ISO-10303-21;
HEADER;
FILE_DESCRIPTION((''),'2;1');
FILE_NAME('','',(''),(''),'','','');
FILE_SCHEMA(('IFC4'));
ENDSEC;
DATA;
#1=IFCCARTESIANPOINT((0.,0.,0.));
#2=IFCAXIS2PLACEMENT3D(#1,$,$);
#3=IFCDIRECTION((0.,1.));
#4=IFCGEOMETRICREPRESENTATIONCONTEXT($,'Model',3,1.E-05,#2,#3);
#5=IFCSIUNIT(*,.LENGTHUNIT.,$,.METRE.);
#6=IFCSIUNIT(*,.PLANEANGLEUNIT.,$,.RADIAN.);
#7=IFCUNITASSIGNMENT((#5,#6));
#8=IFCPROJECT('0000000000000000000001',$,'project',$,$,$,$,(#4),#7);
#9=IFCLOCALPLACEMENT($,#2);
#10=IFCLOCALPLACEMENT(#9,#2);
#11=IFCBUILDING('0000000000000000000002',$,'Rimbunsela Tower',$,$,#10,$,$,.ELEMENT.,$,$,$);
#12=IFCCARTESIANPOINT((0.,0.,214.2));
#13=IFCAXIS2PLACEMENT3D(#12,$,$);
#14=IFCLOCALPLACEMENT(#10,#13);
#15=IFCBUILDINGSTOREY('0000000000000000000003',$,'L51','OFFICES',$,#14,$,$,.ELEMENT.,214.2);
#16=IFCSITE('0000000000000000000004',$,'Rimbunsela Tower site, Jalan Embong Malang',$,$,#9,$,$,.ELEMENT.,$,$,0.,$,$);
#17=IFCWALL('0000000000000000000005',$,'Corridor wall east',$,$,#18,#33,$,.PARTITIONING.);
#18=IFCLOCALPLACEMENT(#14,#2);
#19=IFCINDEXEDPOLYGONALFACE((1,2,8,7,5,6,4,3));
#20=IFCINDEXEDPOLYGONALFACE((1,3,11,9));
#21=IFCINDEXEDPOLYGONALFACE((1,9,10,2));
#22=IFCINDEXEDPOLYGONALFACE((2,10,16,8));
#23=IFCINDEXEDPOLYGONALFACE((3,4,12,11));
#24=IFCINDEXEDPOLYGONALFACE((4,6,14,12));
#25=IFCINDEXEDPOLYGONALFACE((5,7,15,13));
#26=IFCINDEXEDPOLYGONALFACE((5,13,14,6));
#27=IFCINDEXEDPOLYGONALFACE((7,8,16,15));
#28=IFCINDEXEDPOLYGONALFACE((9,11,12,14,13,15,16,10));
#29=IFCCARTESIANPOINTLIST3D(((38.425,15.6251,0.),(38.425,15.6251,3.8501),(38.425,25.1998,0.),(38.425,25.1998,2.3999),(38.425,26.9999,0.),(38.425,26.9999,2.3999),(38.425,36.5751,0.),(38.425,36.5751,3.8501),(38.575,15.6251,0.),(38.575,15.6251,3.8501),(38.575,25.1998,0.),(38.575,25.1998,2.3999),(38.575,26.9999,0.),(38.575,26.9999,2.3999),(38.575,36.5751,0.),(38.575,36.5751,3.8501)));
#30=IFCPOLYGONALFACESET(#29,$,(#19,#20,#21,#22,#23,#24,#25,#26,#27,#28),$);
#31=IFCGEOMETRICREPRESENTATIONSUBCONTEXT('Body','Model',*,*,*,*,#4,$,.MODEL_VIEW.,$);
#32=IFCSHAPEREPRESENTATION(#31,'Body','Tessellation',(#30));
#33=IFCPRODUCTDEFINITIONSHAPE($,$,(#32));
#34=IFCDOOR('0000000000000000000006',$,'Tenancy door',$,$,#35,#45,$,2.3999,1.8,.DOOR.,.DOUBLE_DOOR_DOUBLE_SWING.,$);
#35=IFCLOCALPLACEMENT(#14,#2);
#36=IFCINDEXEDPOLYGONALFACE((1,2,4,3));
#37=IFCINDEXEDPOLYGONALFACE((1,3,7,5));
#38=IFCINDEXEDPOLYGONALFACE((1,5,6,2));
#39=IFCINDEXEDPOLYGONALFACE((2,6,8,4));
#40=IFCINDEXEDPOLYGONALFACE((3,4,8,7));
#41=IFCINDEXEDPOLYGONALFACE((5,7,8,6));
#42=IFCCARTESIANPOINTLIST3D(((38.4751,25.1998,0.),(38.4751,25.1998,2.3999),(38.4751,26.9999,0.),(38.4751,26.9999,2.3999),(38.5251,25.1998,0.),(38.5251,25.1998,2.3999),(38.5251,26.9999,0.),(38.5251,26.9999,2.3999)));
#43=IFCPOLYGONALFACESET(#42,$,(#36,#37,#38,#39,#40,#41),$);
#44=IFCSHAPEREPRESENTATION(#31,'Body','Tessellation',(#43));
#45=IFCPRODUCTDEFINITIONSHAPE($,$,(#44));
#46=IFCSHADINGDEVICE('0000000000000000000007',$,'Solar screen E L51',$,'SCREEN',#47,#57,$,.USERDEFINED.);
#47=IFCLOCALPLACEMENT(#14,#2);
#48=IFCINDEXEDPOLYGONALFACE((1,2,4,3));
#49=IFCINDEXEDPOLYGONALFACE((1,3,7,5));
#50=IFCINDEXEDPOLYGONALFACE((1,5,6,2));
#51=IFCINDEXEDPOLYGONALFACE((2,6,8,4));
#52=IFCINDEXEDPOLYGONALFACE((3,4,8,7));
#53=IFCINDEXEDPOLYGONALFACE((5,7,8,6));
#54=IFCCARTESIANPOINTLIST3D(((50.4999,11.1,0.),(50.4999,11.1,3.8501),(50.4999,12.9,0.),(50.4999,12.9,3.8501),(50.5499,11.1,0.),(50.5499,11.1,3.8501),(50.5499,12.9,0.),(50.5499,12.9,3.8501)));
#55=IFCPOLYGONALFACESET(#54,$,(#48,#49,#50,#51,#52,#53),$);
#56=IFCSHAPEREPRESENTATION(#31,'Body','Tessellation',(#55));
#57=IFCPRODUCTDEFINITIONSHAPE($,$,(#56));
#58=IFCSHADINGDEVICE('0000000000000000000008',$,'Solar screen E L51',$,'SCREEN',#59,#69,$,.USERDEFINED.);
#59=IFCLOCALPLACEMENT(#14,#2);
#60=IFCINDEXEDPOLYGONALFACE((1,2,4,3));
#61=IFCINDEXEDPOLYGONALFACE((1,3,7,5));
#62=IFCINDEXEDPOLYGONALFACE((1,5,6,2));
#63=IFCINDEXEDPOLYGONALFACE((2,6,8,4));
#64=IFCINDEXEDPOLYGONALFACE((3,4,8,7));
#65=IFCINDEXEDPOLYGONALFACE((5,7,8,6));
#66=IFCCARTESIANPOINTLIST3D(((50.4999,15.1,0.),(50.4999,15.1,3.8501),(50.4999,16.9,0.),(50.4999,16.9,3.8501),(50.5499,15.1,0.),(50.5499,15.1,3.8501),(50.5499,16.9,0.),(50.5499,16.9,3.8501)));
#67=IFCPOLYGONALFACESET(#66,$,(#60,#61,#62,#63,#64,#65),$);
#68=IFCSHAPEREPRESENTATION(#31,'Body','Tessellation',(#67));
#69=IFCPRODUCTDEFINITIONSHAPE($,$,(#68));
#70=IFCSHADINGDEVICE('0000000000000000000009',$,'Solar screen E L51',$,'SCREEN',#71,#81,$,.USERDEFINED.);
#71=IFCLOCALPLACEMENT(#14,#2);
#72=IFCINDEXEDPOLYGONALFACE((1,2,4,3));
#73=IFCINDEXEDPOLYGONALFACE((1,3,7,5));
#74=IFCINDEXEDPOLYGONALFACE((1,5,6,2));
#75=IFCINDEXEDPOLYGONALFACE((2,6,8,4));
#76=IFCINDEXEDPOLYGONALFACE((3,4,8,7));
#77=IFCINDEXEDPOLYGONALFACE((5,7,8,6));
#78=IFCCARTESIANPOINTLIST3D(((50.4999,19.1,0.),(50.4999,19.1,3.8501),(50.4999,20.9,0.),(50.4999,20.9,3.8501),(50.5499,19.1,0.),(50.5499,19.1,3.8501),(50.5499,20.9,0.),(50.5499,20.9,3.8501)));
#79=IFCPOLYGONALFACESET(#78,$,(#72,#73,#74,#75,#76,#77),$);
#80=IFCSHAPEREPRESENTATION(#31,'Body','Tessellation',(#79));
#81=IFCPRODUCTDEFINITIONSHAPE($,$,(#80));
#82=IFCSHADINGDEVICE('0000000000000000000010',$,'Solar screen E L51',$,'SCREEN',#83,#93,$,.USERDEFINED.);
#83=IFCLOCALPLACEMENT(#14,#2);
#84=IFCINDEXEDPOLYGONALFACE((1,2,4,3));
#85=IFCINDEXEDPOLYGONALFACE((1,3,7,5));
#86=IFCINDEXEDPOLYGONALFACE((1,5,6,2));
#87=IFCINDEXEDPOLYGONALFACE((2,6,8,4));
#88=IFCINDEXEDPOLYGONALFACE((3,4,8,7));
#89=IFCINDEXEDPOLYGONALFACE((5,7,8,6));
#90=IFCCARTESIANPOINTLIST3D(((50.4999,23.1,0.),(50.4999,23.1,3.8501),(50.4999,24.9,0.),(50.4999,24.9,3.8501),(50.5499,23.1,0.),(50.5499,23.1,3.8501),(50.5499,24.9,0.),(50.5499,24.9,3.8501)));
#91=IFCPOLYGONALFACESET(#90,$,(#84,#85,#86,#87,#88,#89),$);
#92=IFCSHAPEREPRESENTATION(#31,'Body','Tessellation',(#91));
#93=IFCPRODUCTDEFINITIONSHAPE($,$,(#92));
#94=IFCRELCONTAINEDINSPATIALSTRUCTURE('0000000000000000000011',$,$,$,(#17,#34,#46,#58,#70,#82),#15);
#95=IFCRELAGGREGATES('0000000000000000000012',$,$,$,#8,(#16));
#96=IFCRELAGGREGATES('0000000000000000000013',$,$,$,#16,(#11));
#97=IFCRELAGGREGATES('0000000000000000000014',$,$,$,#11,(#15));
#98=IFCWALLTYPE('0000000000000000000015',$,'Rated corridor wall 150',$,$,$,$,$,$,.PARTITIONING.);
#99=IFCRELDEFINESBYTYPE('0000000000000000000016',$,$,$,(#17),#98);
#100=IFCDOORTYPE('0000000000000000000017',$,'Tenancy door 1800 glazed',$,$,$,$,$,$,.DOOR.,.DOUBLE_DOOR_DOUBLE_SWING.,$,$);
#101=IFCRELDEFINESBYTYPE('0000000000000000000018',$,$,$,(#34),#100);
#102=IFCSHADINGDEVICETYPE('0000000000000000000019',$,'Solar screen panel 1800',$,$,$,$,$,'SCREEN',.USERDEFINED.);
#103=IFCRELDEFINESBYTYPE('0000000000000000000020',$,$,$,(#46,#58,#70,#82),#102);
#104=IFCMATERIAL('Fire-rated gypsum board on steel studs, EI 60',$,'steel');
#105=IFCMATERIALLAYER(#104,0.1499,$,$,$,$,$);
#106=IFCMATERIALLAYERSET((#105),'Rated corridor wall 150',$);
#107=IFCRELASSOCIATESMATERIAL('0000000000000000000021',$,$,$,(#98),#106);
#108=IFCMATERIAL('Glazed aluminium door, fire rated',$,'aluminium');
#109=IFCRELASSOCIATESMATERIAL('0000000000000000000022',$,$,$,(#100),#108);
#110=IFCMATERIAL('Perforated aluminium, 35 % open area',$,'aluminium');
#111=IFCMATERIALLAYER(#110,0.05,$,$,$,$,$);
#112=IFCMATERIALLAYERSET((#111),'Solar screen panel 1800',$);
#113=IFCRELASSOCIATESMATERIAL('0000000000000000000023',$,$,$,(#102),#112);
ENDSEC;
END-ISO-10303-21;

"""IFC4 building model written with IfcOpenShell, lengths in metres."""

from ifc_helpers import new_model, si_unit, direction, frame, frame_2d, origin, origin_2d, place, context, subcontext, project, spatial, rectangle, extrude, material, layer, layer_set, type_object, element, fill, save


model = new_model("IFC4")

# Units and contexts
model_context = context("Model", 3, precision=1e-05, world=origin(), true_north=direction((0.0, 1.0)))
body_context = subcontext(model_context, "Body", "Model", "MODEL_VIEW")
ifc_project = project(units=[si_unit("LENGTHUNIT", "METRE"), si_unit("PLANEANGLEUNIT", "RADIAN")], contexts=[model_context])

# Site, building, storey
site_placement = place(None, origin())
site = spatial("IfcSite", under=ifc_project, at=site_placement, Name="Rimbunsela Tower site, Jalan Embong Malang", CompositionType="ELEMENT", RefElevation=0.0)
building_placement = place(site_placement, origin())
building = spatial("IfcBuilding", under=site, at=building_placement, Name="Rimbunsela Tower", CompositionType="ELEMENT")
storey_placement = place(building_placement, frame((0.0, 0.0, 214.2)))
storey = spatial("IfcBuildingStorey", under=building, at=storey_placement, Name="L51", Description="OFFICES", CompositionType="ELEMENT", Elevation=214.2)

# Wall, opening, door
ifc_material_1 = material(Name="Fire-rated gypsum board on steel studs, EI 60", Category="steel")
ifc_layer_1 = layer(ifc_material_1, 0.1499)
ifc_layer_set_1 = layer_set([ifc_layer_1], Name="Rated corridor wall 150")
wall_type_1 = type_object("IfcWallType", Name="Rated corridor wall 150", PredefinedType="PARTITIONING", material=ifc_layer_set_1)
wall_1_placement = place(storey_placement, frame((38.5, 15.625, 0.0), z_axis=(0.0, 0.0, 1.0), x_axis=(0.0, 1.0, 0.0)))
wall_1 = element("IfcWall", 1, at=wall_1_placement, inside=storey, type_object=wall_type_1, Name="Corridor wall east", PredefinedType="PARTITIONING", context=body_context, shape_type="SweptSolid", body=[
    extrude(rectangle(XDim=20.95, YDim=0.1499, at=frame_2d((10.4751, 0.0))), origin(), (0.0, 0.0, 1.0), 3.8501),
])
opening_1_placement = place(wall_1_placement, frame((9.575, 0.0, 0.0)))
opening_1 = element("IfcOpeningElement", 2, at=opening_1_placement, cuts=wall_1, PredefinedType="OPENING", context=body_context, shape_type="SweptSolid", body=[
    extrude(rectangle(XDim=1.8, YDim=2.3999, at=frame_2d((0.8999, 1.2))), frame((0.0, 0.085, 0.0), z_axis=(0.0, -1.0, 0.0), x_axis=(1.0, 0.0, 0.0)), (0.0, 0.0, 1.0), 0.1699),
])
ifc_material_2 = material(Name="Glazed aluminium door, fire rated", Category="aluminium")
door_type_1 = type_object("IfcDoorType", Name="Tenancy door 1800 glazed", OperationType="DOUBLE_DOOR_DOUBLE_SWING", PredefinedType="DOOR", material=ifc_material_2)
door_1_placement = place(opening_1_placement, origin())
door_1 = element("IfcDoor", 3, at=door_1_placement, inside=storey, type_object=door_type_1, Name="Tenancy door", OperationType="DOUBLE_DOOR_DOUBLE_SWING", OverallHeight=2.3999, OverallWidth=1.8, PredefinedType="DOOR", context=body_context, shape_type="SweptSolid", body=[
    extrude(rectangle(XDim=1.8, YDim=2.3999, at=frame_2d((0.8999, 1.2))), frame((0.0, 0.0249, 0.0), z_axis=(0.0, -1.0, 0.0), x_axis=(1.0, 0.0, 0.0)), (0.0, 0.0, 1.0), 0.05),
])
fill(opening_1, door_1)

# Shading devices
ifc_material_3 = material(Name="Perforated aluminium, 35 % open area", Category="aluminium")
ifc_layer_2 = layer(ifc_material_3, 0.05)
ifc_layer_set_2 = layer_set([ifc_layer_2], Name="Solar screen panel 1800")
shading_device_type = type_object("IfcShadingDeviceType", Name="Solar screen panel 1800", ElementType="SCREEN", PredefinedType="USERDEFINED", material=ifc_layer_set_2)
for number, where, z_axis, x_axis, name in (
    (4, (50.5249, 12.0, 0.0), (0.0, 0.0, 1.0), (0.0, 1.0, 0.0), "Solar screen E L51"),
    (5, (50.5249, 16.0, 0.0), (0.0, 0.0, 1.0), (0.0, 1.0, 0.0), "Solar screen E L51"),
    (6, (50.5249, 20.0, 0.0), (0.0, 0.0, 1.0), (0.0, 1.0, 0.0), "Solar screen E L51"),
    (7, (50.5249, 24.0, 0.0), (0.0, 0.0, 1.0), (0.0, 1.0, 0.0), "Solar screen E L51"),
):
    element("IfcShadingDevice", number, at=place(storey_placement, frame(where, z_axis=z_axis, x_axis=x_axis)), inside=storey, type_object=shading_device_type, Name=name, ObjectType="SCREEN", PredefinedType="USERDEFINED", context=body_context, shape_type="SweptSolid", body=[
        extrude(rectangle(XDim=1.8, YDim=0.05, at=origin_2d()), origin(), (0.0, 0.0, 1.0), 3.8501),
    ])

save(model, "model.ifc")
